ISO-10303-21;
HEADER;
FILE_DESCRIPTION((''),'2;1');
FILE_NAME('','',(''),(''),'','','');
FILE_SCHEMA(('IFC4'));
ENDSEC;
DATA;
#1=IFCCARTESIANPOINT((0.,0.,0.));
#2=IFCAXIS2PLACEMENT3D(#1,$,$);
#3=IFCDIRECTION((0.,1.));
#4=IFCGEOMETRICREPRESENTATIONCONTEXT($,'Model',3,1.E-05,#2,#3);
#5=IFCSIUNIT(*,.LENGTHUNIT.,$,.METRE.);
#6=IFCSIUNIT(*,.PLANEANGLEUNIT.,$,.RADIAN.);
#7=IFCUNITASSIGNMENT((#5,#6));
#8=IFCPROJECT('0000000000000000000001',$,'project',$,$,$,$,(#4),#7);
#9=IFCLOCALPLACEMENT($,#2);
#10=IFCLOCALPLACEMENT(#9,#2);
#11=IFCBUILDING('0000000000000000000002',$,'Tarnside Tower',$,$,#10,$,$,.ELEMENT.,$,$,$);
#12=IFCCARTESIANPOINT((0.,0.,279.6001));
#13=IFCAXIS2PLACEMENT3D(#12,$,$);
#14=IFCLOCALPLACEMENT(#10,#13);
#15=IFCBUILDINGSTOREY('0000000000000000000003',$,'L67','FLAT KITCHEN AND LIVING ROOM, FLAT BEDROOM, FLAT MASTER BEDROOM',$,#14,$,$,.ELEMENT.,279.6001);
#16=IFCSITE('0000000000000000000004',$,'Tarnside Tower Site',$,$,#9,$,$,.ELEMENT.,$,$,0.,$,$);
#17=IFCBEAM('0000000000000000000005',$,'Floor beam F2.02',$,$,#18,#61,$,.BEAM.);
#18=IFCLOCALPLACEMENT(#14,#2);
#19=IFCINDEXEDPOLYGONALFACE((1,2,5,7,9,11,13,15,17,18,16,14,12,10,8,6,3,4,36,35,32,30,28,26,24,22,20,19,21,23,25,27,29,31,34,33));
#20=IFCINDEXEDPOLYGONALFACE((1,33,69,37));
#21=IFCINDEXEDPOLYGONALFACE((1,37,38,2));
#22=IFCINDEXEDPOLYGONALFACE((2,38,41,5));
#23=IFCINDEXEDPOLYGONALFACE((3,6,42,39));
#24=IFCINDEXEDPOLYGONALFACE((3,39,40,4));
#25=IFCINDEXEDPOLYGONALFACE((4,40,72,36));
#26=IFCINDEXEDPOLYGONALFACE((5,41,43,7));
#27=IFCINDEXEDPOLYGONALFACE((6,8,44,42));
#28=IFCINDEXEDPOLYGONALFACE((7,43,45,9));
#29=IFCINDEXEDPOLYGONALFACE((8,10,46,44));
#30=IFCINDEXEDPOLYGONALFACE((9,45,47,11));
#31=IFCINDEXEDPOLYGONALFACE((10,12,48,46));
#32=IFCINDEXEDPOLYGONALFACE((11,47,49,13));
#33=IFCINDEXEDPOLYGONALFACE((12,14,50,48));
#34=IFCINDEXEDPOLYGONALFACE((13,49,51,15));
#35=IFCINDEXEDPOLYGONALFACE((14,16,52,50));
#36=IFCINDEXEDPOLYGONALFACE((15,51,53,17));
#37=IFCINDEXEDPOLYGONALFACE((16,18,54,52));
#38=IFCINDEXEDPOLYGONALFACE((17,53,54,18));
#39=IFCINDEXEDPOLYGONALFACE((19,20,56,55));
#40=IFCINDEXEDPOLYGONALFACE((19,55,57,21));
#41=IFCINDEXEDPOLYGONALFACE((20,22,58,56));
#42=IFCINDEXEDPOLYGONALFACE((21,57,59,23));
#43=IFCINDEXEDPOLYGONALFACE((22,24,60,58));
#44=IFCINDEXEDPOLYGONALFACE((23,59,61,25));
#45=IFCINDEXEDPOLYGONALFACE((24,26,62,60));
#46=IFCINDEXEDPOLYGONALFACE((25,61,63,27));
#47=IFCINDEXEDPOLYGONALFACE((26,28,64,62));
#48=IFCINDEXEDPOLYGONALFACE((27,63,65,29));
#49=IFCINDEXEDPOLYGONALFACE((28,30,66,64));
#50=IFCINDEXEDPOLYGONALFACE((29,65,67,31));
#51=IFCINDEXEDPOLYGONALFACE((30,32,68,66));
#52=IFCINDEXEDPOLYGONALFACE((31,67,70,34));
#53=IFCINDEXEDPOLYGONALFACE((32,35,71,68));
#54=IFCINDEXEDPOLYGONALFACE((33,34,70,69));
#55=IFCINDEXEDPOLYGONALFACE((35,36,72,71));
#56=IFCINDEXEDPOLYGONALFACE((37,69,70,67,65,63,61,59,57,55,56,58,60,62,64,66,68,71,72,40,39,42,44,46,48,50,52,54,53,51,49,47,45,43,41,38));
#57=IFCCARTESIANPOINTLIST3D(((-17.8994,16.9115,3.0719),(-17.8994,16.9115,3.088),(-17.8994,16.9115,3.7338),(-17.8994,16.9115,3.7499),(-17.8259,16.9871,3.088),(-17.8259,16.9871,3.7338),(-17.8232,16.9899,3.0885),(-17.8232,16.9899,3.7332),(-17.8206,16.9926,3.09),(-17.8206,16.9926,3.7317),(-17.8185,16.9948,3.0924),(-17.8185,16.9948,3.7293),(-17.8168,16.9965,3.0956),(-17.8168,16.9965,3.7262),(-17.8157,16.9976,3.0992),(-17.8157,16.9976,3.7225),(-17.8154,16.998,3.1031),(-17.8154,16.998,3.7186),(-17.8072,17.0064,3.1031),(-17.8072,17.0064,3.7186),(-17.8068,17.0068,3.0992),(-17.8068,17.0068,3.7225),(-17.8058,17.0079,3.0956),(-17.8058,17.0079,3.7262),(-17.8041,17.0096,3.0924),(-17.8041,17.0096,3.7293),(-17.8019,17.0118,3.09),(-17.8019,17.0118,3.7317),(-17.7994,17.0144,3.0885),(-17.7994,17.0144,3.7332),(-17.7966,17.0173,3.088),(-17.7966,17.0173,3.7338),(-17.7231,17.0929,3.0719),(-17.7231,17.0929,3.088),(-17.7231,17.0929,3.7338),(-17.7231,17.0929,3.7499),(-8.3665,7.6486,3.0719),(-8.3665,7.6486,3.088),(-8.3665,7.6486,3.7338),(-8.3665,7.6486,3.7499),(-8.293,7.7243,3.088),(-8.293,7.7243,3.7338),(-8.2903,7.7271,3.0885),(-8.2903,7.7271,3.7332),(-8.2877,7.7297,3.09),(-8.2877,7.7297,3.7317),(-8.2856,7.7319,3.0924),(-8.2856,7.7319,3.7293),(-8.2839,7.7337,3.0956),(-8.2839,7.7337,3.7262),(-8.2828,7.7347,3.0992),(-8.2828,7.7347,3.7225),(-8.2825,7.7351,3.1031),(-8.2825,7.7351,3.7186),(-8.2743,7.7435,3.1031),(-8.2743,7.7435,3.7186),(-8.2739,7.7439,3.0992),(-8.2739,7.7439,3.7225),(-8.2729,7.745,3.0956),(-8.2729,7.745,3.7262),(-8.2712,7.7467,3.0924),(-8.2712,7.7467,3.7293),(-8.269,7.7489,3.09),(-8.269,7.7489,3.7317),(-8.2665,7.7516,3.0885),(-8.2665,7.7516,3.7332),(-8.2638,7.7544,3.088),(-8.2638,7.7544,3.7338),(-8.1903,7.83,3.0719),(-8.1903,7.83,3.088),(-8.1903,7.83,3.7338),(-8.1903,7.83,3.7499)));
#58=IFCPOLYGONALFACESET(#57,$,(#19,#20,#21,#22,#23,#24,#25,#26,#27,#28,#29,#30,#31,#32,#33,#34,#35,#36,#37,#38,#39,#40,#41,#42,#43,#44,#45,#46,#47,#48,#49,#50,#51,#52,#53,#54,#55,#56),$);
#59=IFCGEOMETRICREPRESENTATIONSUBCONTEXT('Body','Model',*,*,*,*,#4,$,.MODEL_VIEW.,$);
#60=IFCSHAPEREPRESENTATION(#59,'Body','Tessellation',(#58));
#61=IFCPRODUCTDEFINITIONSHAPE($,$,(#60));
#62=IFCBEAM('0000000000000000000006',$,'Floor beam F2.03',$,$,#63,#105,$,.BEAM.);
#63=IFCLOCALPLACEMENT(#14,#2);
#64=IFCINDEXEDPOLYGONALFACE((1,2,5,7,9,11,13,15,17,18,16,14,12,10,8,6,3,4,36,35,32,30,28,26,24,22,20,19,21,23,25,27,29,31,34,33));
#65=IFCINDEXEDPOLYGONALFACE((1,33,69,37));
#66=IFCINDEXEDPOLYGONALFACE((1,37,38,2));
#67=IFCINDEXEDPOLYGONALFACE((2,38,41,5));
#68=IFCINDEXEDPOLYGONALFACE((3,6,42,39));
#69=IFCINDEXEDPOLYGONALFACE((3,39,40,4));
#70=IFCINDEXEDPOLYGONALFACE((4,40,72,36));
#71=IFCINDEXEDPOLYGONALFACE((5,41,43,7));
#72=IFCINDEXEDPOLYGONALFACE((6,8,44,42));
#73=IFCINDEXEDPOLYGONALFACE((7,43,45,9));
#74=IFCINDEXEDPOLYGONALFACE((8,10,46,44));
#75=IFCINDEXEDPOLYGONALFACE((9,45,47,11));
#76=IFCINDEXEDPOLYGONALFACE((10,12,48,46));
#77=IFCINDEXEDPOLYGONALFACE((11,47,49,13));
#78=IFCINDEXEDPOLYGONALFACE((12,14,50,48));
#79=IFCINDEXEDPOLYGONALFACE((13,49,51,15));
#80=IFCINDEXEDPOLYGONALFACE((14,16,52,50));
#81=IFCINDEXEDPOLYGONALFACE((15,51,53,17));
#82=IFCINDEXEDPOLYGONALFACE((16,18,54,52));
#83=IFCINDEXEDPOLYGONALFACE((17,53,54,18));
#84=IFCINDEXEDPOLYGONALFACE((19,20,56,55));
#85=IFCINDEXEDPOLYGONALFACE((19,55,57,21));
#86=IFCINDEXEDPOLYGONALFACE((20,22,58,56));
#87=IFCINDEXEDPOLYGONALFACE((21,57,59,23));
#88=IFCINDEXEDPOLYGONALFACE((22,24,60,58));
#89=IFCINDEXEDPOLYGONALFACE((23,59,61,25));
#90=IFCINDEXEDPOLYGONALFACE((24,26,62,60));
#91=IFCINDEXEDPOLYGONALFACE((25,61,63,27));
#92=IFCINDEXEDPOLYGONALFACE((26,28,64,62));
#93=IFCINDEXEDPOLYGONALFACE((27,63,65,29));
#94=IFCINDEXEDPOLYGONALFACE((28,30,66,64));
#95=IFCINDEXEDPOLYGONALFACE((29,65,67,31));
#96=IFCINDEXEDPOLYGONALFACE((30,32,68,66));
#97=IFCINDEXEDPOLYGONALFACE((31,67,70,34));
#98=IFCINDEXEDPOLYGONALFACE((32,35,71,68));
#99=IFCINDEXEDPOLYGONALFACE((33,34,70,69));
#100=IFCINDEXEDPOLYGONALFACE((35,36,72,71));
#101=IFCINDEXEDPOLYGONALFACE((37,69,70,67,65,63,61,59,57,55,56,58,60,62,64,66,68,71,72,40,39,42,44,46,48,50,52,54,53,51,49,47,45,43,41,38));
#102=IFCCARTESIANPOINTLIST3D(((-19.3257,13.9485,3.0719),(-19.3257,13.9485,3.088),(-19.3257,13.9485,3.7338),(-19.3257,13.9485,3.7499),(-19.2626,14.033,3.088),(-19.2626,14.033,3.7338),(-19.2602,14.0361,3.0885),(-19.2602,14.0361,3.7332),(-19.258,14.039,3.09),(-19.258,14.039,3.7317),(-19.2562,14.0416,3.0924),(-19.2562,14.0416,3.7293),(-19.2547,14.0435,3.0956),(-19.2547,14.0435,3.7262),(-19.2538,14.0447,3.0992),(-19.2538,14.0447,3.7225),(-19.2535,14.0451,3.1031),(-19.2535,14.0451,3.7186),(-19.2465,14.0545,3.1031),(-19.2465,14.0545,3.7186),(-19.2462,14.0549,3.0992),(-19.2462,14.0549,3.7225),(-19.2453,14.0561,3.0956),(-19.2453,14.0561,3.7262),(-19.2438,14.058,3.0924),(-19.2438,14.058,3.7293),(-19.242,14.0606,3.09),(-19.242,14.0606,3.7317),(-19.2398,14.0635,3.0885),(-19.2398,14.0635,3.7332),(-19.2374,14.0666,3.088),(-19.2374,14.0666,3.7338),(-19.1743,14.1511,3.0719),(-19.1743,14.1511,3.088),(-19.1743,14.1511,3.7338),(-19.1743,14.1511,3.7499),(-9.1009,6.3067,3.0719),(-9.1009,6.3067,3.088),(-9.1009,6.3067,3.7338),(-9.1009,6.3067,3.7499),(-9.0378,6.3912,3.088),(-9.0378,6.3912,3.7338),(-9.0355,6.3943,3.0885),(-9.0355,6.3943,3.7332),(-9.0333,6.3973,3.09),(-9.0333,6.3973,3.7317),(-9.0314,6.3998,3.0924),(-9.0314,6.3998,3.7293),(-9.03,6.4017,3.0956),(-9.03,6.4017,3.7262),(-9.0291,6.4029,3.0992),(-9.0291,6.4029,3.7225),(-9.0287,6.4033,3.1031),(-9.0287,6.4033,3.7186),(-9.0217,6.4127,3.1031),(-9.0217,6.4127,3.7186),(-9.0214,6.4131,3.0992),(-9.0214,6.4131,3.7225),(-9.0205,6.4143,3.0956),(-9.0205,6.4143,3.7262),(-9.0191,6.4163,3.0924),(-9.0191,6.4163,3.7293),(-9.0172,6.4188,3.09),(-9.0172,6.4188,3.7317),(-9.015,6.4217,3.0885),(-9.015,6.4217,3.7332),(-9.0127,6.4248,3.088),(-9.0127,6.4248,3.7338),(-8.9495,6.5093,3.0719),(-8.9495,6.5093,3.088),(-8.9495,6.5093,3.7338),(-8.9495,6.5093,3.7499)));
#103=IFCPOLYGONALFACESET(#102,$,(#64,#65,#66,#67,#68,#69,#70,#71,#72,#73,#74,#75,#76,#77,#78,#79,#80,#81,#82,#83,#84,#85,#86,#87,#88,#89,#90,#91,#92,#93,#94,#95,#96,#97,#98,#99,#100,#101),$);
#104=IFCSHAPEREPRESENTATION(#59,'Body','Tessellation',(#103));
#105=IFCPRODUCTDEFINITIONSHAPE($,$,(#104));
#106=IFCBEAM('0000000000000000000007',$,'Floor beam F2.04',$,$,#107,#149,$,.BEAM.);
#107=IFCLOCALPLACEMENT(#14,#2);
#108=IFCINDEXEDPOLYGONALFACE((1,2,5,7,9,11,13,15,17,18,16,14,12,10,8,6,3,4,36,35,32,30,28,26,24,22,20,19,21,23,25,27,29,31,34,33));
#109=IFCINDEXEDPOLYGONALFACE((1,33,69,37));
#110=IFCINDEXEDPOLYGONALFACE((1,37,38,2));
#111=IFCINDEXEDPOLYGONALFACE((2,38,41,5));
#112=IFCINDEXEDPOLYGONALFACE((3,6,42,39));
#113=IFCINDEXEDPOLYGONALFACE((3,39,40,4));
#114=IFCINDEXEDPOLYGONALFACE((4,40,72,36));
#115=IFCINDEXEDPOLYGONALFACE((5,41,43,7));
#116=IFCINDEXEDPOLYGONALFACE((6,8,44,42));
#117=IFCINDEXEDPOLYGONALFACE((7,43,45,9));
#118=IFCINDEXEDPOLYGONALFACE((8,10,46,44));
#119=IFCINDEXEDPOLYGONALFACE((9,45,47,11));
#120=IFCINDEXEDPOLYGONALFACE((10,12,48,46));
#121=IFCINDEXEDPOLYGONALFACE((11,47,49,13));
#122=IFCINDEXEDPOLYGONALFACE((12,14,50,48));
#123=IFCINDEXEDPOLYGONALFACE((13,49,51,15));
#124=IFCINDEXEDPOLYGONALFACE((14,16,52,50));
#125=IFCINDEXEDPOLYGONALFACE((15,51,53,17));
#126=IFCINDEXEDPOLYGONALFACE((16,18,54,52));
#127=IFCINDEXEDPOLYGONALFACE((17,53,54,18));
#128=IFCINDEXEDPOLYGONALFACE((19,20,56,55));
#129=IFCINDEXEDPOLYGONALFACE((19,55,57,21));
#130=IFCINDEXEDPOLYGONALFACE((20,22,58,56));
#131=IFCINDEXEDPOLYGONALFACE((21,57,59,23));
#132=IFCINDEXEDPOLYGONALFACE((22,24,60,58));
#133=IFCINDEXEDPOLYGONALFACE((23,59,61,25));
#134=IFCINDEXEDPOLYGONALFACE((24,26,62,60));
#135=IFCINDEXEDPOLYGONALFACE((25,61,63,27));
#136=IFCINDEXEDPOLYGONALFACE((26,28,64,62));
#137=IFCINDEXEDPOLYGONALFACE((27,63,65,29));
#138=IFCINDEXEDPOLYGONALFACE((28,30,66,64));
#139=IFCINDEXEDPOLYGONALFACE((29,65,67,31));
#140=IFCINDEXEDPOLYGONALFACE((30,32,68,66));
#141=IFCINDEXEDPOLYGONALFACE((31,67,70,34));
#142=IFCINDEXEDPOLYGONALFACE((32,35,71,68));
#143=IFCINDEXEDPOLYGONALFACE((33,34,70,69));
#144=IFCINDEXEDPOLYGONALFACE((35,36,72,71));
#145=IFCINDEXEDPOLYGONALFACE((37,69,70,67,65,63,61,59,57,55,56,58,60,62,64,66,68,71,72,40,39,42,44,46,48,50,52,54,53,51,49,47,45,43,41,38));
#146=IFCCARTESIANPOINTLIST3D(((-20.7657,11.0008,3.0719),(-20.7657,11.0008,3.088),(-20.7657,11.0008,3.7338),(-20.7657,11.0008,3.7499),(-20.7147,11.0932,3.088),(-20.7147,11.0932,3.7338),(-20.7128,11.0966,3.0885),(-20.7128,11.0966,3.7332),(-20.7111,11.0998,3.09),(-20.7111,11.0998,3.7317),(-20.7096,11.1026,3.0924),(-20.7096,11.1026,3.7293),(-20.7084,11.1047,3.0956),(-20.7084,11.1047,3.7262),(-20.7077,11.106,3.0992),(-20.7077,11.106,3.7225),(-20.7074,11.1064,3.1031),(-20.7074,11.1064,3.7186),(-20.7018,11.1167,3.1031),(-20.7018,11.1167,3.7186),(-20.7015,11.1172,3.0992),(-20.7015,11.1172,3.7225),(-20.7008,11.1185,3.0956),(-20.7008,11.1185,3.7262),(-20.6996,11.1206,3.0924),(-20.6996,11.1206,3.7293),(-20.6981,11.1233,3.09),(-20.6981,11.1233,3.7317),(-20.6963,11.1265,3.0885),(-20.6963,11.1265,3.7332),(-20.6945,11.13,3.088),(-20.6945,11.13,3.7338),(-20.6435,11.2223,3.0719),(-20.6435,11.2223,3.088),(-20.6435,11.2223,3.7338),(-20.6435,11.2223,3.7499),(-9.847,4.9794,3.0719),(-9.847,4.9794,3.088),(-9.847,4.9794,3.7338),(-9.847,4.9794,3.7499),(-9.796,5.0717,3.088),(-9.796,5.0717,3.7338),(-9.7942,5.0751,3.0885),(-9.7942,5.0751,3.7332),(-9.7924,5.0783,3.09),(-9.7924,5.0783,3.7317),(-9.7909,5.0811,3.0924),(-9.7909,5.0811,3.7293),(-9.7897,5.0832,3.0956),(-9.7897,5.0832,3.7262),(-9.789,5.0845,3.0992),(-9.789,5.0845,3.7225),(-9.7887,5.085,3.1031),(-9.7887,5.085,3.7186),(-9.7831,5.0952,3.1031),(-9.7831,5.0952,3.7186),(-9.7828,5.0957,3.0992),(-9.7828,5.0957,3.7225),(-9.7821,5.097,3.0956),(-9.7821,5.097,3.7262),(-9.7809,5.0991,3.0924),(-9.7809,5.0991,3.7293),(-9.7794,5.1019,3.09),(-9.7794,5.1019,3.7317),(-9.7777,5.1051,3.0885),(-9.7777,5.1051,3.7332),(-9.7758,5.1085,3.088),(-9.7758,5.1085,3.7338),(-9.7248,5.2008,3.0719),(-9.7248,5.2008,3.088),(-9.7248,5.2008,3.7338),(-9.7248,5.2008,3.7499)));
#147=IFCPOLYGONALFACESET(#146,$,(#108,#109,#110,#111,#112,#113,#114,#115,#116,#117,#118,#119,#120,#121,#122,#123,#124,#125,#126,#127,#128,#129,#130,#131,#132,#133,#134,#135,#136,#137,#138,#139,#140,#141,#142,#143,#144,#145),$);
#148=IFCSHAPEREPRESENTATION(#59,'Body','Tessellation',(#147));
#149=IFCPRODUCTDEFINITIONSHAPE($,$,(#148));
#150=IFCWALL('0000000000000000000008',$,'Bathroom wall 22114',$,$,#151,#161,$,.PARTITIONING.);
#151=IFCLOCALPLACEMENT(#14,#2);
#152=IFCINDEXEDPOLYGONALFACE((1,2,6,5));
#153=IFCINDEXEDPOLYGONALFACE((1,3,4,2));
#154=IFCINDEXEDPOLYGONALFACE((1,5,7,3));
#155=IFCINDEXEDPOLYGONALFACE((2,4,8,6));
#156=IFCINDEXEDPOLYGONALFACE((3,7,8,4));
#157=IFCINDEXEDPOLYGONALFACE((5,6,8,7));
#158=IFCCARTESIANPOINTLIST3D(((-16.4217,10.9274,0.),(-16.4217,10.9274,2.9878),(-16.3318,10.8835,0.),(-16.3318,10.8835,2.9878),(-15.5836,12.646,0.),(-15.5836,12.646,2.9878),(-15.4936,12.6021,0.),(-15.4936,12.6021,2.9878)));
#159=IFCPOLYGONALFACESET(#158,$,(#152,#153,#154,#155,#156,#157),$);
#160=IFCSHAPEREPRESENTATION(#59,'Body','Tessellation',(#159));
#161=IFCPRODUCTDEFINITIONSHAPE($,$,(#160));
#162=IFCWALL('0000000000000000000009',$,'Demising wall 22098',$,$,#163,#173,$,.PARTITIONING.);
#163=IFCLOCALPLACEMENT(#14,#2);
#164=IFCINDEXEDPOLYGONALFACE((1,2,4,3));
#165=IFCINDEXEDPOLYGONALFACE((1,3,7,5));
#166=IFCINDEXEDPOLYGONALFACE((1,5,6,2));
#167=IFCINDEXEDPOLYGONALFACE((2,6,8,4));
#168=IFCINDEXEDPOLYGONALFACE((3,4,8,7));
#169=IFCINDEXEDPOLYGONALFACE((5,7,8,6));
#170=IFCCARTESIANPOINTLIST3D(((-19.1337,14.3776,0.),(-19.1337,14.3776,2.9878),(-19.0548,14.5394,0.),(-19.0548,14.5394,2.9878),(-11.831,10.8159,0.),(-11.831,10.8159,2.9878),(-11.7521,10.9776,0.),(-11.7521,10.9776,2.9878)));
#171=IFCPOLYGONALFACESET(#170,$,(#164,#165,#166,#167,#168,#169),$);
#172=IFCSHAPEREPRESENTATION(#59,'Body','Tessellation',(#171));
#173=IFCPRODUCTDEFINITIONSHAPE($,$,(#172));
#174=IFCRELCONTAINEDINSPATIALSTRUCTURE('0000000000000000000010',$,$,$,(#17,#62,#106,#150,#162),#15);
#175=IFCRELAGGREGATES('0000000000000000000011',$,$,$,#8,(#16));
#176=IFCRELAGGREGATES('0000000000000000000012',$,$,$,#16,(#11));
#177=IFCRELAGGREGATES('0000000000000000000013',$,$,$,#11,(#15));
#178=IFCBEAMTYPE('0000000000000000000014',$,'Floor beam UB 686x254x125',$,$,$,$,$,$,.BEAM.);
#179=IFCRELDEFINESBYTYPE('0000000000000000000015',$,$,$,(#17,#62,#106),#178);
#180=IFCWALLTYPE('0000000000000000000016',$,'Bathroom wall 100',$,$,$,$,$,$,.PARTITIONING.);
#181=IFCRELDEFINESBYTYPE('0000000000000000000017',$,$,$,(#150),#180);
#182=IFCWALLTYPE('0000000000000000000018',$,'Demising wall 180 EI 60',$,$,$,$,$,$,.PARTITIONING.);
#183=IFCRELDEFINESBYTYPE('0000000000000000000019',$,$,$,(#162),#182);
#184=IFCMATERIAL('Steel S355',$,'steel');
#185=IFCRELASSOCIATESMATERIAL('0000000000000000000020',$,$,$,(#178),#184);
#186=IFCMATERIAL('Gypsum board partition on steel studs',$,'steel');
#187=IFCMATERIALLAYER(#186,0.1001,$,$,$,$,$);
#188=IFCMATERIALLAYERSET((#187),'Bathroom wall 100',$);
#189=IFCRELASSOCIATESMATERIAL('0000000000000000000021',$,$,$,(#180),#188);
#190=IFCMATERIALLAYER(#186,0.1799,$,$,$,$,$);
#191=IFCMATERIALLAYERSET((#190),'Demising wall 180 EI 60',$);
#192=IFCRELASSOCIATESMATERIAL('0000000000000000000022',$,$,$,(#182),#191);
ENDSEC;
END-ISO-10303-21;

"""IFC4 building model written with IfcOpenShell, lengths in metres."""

from ifc_helpers import new_model, si_unit, direction, frame, frame_2d, origin, origin_2d, place, context, subcontext, project, spatial, rectangle, i_section, extrude, material, layer, layer_set, material_profile, profile_set, type_object, element, save


model = new_model("IFC4")

# Units and contexts
model_context = context("Model", 3, precision=1e-05, world=origin(), true_north=direction((0.0, 1.0)))
body_context = subcontext(model_context, "Body", "Model", "MODEL_VIEW")
ifc_project = project(units=[si_unit("LENGTHUNIT", "METRE"), si_unit("PLANEANGLEUNIT", "RADIAN")], contexts=[model_context])

# Site, building, storey
site_placement = place(None, origin())
site = spatial("IfcSite", under=ifc_project, at=site_placement, Name="Tarnside Tower Site", CompositionType="ELEMENT", RefElevation=0.0)
building_placement = place(site_placement, origin())
building = spatial("IfcBuilding", under=site, at=building_placement, Name="Tarnside Tower", CompositionType="ELEMENT")
storey_placement = place(building_placement, frame((0.0, 0.0, 279.6001)))
storey = spatial("IfcBuildingStorey", under=building, at=storey_placement, Name="L67", Description="FLAT KITCHEN AND LIVING ROOM, FLAT BEDROOM, FLAT MASTER BEDROOM", CompositionType="ELEMENT", Elevation=279.6001)

# Beams
ifc_material_1 = material(Name="Steel S355", Category="steel")
ifc_material_profile = material_profile(ifc_material_1, i_section(OverallWidth=0.2529, OverallDepth=0.678, WebThickness=0.0117, FlangeThickness=0.0161, FilletRadius=0.0151, at=origin_2d()), Name="UB 686x254x125")
ifc_profile_set = profile_set([ifc_material_profile], Name="Steel S355")
beam_type = type_object("IfcBeamType", Name="Floor beam UB 686x254x125", PredefinedType="BEAM", material=ifc_profile_set)
beam_1_placement = place(storey_placement, frame((-17.8113, 17.0022, 3.4109), z_axis=(0.717191, -0.696877, 0.0), x_axis=(0.696877, 0.717191, 0.0)))
element("IfcBeam", 1, at=beam_1_placement, inside=storey, type_object=beam_type, Name="Floor beam F2.02", PredefinedType="BEAM", context=body_context, shape_type="SweptSolid", body=[
    extrude(i_section(OverallWidth=0.2529, OverallDepth=0.678, WebThickness=0.0117, FlangeThickness=0.0161, FilletRadius=0.0151, at=origin_2d()), origin(), (0.0, 0.0, 1.0), 13.292),
])
beam_2_placement = place(storey_placement, frame((-19.25, 14.0498, 3.4109), z_axis=(0.801006, -0.598656, 0.0), x_axis=(0.598656, 0.801006, 0.0)))
element("IfcBeam", 2, at=beam_2_placement, inside=storey, type_object=beam_type, Name="Floor beam F2.03", PredefinedType="BEAM", context=body_context, shape_type="SweptSolid", body=[
    extrude(i_section(OverallWidth=0.2529, OverallDepth=0.678, WebThickness=0.0117, FlangeThickness=0.0161, FilletRadius=0.0151, at=origin_2d()), origin(), (0.0, 0.0, 1.0), 12.7649),
])
beam_3_placement = place(storey_placement, frame((-20.7046, 11.1116, 3.4109), z_axis=(0.875667, -0.482916, 0.0), x_axis=(0.482916, 0.875667, 0.0)))
element("IfcBeam", 3, at=beam_3_placement, inside=storey, type_object=beam_type, Name="Floor beam F2.04", PredefinedType="BEAM", context=body_context, shape_type="SweptSolid", body=[
    extrude(i_section(OverallWidth=0.2529, OverallDepth=0.678, WebThickness=0.0117, FlangeThickness=0.0161, FilletRadius=0.0151, at=origin_2d()), origin(), (0.0, 0.0, 1.0), 12.469),
])

# Walls
ifc_material_2 = material(Name="Gypsum board partition on steel studs", Category="steel")
ifc_layer_1 = layer(ifc_material_2, 0.1001)
ifc_layer_set_1 = layer_set([ifc_layer_1], Name="Bathroom wall 100")
wall_type_1 = type_object("IfcWallType", Name="Bathroom wall 100", PredefinedType="PARTITIONING", material=ifc_layer_set_1)
wall_1_placement = place(storey_placement, frame((-15.5386, 12.624, 0.0), z_axis=(0.0, 0.0, 1.0), x_axis=(-0.438356, -0.898802, 0.0)))
element("IfcWall", 4, at=wall_1_placement, inside=storey, type_object=wall_type_1, Name="Bathroom wall 22114", PredefinedType="PARTITIONING", context=body_context, shape_type="SweptSolid", body=[
    extrude(rectangle(XDim=1.9121, YDim=0.1001, at=frame_2d((0.9561, 0.0))), origin(), (0.0, 0.0, 1.0), 2.9878),
])
ifc_layer_2 = layer(ifc_material_2, 0.1799)
ifc_layer_set_2 = layer_set([ifc_layer_2], Name="Demising wall 180 EI 60")
wall_type_2 = type_object("IfcWallType", Name="Demising wall 180 EI 60", PredefinedType="PARTITIONING", material=ifc_layer_set_2)
wall_2_placement = place(storey_placement, frame((-19.0942, 14.4585, 0.0), z_axis=(0.0, 0.0, 1.0), x_axis=(0.898795, -0.43837, 0.0)))
element("IfcWall", 5, at=wall_2_placement, inside=storey, type_object=wall_type_2, Name="Demising wall 22098", PredefinedType="PARTITIONING", context=body_context, shape_type="SweptSolid", body=[
    extrude(rectangle(XDim=8.125, YDim=0.1799, at=frame_2d((4.0625, 0.0))), origin(), (0.0, 0.0, 1.0), 2.9878),
])

save(model, "model.ifc")
